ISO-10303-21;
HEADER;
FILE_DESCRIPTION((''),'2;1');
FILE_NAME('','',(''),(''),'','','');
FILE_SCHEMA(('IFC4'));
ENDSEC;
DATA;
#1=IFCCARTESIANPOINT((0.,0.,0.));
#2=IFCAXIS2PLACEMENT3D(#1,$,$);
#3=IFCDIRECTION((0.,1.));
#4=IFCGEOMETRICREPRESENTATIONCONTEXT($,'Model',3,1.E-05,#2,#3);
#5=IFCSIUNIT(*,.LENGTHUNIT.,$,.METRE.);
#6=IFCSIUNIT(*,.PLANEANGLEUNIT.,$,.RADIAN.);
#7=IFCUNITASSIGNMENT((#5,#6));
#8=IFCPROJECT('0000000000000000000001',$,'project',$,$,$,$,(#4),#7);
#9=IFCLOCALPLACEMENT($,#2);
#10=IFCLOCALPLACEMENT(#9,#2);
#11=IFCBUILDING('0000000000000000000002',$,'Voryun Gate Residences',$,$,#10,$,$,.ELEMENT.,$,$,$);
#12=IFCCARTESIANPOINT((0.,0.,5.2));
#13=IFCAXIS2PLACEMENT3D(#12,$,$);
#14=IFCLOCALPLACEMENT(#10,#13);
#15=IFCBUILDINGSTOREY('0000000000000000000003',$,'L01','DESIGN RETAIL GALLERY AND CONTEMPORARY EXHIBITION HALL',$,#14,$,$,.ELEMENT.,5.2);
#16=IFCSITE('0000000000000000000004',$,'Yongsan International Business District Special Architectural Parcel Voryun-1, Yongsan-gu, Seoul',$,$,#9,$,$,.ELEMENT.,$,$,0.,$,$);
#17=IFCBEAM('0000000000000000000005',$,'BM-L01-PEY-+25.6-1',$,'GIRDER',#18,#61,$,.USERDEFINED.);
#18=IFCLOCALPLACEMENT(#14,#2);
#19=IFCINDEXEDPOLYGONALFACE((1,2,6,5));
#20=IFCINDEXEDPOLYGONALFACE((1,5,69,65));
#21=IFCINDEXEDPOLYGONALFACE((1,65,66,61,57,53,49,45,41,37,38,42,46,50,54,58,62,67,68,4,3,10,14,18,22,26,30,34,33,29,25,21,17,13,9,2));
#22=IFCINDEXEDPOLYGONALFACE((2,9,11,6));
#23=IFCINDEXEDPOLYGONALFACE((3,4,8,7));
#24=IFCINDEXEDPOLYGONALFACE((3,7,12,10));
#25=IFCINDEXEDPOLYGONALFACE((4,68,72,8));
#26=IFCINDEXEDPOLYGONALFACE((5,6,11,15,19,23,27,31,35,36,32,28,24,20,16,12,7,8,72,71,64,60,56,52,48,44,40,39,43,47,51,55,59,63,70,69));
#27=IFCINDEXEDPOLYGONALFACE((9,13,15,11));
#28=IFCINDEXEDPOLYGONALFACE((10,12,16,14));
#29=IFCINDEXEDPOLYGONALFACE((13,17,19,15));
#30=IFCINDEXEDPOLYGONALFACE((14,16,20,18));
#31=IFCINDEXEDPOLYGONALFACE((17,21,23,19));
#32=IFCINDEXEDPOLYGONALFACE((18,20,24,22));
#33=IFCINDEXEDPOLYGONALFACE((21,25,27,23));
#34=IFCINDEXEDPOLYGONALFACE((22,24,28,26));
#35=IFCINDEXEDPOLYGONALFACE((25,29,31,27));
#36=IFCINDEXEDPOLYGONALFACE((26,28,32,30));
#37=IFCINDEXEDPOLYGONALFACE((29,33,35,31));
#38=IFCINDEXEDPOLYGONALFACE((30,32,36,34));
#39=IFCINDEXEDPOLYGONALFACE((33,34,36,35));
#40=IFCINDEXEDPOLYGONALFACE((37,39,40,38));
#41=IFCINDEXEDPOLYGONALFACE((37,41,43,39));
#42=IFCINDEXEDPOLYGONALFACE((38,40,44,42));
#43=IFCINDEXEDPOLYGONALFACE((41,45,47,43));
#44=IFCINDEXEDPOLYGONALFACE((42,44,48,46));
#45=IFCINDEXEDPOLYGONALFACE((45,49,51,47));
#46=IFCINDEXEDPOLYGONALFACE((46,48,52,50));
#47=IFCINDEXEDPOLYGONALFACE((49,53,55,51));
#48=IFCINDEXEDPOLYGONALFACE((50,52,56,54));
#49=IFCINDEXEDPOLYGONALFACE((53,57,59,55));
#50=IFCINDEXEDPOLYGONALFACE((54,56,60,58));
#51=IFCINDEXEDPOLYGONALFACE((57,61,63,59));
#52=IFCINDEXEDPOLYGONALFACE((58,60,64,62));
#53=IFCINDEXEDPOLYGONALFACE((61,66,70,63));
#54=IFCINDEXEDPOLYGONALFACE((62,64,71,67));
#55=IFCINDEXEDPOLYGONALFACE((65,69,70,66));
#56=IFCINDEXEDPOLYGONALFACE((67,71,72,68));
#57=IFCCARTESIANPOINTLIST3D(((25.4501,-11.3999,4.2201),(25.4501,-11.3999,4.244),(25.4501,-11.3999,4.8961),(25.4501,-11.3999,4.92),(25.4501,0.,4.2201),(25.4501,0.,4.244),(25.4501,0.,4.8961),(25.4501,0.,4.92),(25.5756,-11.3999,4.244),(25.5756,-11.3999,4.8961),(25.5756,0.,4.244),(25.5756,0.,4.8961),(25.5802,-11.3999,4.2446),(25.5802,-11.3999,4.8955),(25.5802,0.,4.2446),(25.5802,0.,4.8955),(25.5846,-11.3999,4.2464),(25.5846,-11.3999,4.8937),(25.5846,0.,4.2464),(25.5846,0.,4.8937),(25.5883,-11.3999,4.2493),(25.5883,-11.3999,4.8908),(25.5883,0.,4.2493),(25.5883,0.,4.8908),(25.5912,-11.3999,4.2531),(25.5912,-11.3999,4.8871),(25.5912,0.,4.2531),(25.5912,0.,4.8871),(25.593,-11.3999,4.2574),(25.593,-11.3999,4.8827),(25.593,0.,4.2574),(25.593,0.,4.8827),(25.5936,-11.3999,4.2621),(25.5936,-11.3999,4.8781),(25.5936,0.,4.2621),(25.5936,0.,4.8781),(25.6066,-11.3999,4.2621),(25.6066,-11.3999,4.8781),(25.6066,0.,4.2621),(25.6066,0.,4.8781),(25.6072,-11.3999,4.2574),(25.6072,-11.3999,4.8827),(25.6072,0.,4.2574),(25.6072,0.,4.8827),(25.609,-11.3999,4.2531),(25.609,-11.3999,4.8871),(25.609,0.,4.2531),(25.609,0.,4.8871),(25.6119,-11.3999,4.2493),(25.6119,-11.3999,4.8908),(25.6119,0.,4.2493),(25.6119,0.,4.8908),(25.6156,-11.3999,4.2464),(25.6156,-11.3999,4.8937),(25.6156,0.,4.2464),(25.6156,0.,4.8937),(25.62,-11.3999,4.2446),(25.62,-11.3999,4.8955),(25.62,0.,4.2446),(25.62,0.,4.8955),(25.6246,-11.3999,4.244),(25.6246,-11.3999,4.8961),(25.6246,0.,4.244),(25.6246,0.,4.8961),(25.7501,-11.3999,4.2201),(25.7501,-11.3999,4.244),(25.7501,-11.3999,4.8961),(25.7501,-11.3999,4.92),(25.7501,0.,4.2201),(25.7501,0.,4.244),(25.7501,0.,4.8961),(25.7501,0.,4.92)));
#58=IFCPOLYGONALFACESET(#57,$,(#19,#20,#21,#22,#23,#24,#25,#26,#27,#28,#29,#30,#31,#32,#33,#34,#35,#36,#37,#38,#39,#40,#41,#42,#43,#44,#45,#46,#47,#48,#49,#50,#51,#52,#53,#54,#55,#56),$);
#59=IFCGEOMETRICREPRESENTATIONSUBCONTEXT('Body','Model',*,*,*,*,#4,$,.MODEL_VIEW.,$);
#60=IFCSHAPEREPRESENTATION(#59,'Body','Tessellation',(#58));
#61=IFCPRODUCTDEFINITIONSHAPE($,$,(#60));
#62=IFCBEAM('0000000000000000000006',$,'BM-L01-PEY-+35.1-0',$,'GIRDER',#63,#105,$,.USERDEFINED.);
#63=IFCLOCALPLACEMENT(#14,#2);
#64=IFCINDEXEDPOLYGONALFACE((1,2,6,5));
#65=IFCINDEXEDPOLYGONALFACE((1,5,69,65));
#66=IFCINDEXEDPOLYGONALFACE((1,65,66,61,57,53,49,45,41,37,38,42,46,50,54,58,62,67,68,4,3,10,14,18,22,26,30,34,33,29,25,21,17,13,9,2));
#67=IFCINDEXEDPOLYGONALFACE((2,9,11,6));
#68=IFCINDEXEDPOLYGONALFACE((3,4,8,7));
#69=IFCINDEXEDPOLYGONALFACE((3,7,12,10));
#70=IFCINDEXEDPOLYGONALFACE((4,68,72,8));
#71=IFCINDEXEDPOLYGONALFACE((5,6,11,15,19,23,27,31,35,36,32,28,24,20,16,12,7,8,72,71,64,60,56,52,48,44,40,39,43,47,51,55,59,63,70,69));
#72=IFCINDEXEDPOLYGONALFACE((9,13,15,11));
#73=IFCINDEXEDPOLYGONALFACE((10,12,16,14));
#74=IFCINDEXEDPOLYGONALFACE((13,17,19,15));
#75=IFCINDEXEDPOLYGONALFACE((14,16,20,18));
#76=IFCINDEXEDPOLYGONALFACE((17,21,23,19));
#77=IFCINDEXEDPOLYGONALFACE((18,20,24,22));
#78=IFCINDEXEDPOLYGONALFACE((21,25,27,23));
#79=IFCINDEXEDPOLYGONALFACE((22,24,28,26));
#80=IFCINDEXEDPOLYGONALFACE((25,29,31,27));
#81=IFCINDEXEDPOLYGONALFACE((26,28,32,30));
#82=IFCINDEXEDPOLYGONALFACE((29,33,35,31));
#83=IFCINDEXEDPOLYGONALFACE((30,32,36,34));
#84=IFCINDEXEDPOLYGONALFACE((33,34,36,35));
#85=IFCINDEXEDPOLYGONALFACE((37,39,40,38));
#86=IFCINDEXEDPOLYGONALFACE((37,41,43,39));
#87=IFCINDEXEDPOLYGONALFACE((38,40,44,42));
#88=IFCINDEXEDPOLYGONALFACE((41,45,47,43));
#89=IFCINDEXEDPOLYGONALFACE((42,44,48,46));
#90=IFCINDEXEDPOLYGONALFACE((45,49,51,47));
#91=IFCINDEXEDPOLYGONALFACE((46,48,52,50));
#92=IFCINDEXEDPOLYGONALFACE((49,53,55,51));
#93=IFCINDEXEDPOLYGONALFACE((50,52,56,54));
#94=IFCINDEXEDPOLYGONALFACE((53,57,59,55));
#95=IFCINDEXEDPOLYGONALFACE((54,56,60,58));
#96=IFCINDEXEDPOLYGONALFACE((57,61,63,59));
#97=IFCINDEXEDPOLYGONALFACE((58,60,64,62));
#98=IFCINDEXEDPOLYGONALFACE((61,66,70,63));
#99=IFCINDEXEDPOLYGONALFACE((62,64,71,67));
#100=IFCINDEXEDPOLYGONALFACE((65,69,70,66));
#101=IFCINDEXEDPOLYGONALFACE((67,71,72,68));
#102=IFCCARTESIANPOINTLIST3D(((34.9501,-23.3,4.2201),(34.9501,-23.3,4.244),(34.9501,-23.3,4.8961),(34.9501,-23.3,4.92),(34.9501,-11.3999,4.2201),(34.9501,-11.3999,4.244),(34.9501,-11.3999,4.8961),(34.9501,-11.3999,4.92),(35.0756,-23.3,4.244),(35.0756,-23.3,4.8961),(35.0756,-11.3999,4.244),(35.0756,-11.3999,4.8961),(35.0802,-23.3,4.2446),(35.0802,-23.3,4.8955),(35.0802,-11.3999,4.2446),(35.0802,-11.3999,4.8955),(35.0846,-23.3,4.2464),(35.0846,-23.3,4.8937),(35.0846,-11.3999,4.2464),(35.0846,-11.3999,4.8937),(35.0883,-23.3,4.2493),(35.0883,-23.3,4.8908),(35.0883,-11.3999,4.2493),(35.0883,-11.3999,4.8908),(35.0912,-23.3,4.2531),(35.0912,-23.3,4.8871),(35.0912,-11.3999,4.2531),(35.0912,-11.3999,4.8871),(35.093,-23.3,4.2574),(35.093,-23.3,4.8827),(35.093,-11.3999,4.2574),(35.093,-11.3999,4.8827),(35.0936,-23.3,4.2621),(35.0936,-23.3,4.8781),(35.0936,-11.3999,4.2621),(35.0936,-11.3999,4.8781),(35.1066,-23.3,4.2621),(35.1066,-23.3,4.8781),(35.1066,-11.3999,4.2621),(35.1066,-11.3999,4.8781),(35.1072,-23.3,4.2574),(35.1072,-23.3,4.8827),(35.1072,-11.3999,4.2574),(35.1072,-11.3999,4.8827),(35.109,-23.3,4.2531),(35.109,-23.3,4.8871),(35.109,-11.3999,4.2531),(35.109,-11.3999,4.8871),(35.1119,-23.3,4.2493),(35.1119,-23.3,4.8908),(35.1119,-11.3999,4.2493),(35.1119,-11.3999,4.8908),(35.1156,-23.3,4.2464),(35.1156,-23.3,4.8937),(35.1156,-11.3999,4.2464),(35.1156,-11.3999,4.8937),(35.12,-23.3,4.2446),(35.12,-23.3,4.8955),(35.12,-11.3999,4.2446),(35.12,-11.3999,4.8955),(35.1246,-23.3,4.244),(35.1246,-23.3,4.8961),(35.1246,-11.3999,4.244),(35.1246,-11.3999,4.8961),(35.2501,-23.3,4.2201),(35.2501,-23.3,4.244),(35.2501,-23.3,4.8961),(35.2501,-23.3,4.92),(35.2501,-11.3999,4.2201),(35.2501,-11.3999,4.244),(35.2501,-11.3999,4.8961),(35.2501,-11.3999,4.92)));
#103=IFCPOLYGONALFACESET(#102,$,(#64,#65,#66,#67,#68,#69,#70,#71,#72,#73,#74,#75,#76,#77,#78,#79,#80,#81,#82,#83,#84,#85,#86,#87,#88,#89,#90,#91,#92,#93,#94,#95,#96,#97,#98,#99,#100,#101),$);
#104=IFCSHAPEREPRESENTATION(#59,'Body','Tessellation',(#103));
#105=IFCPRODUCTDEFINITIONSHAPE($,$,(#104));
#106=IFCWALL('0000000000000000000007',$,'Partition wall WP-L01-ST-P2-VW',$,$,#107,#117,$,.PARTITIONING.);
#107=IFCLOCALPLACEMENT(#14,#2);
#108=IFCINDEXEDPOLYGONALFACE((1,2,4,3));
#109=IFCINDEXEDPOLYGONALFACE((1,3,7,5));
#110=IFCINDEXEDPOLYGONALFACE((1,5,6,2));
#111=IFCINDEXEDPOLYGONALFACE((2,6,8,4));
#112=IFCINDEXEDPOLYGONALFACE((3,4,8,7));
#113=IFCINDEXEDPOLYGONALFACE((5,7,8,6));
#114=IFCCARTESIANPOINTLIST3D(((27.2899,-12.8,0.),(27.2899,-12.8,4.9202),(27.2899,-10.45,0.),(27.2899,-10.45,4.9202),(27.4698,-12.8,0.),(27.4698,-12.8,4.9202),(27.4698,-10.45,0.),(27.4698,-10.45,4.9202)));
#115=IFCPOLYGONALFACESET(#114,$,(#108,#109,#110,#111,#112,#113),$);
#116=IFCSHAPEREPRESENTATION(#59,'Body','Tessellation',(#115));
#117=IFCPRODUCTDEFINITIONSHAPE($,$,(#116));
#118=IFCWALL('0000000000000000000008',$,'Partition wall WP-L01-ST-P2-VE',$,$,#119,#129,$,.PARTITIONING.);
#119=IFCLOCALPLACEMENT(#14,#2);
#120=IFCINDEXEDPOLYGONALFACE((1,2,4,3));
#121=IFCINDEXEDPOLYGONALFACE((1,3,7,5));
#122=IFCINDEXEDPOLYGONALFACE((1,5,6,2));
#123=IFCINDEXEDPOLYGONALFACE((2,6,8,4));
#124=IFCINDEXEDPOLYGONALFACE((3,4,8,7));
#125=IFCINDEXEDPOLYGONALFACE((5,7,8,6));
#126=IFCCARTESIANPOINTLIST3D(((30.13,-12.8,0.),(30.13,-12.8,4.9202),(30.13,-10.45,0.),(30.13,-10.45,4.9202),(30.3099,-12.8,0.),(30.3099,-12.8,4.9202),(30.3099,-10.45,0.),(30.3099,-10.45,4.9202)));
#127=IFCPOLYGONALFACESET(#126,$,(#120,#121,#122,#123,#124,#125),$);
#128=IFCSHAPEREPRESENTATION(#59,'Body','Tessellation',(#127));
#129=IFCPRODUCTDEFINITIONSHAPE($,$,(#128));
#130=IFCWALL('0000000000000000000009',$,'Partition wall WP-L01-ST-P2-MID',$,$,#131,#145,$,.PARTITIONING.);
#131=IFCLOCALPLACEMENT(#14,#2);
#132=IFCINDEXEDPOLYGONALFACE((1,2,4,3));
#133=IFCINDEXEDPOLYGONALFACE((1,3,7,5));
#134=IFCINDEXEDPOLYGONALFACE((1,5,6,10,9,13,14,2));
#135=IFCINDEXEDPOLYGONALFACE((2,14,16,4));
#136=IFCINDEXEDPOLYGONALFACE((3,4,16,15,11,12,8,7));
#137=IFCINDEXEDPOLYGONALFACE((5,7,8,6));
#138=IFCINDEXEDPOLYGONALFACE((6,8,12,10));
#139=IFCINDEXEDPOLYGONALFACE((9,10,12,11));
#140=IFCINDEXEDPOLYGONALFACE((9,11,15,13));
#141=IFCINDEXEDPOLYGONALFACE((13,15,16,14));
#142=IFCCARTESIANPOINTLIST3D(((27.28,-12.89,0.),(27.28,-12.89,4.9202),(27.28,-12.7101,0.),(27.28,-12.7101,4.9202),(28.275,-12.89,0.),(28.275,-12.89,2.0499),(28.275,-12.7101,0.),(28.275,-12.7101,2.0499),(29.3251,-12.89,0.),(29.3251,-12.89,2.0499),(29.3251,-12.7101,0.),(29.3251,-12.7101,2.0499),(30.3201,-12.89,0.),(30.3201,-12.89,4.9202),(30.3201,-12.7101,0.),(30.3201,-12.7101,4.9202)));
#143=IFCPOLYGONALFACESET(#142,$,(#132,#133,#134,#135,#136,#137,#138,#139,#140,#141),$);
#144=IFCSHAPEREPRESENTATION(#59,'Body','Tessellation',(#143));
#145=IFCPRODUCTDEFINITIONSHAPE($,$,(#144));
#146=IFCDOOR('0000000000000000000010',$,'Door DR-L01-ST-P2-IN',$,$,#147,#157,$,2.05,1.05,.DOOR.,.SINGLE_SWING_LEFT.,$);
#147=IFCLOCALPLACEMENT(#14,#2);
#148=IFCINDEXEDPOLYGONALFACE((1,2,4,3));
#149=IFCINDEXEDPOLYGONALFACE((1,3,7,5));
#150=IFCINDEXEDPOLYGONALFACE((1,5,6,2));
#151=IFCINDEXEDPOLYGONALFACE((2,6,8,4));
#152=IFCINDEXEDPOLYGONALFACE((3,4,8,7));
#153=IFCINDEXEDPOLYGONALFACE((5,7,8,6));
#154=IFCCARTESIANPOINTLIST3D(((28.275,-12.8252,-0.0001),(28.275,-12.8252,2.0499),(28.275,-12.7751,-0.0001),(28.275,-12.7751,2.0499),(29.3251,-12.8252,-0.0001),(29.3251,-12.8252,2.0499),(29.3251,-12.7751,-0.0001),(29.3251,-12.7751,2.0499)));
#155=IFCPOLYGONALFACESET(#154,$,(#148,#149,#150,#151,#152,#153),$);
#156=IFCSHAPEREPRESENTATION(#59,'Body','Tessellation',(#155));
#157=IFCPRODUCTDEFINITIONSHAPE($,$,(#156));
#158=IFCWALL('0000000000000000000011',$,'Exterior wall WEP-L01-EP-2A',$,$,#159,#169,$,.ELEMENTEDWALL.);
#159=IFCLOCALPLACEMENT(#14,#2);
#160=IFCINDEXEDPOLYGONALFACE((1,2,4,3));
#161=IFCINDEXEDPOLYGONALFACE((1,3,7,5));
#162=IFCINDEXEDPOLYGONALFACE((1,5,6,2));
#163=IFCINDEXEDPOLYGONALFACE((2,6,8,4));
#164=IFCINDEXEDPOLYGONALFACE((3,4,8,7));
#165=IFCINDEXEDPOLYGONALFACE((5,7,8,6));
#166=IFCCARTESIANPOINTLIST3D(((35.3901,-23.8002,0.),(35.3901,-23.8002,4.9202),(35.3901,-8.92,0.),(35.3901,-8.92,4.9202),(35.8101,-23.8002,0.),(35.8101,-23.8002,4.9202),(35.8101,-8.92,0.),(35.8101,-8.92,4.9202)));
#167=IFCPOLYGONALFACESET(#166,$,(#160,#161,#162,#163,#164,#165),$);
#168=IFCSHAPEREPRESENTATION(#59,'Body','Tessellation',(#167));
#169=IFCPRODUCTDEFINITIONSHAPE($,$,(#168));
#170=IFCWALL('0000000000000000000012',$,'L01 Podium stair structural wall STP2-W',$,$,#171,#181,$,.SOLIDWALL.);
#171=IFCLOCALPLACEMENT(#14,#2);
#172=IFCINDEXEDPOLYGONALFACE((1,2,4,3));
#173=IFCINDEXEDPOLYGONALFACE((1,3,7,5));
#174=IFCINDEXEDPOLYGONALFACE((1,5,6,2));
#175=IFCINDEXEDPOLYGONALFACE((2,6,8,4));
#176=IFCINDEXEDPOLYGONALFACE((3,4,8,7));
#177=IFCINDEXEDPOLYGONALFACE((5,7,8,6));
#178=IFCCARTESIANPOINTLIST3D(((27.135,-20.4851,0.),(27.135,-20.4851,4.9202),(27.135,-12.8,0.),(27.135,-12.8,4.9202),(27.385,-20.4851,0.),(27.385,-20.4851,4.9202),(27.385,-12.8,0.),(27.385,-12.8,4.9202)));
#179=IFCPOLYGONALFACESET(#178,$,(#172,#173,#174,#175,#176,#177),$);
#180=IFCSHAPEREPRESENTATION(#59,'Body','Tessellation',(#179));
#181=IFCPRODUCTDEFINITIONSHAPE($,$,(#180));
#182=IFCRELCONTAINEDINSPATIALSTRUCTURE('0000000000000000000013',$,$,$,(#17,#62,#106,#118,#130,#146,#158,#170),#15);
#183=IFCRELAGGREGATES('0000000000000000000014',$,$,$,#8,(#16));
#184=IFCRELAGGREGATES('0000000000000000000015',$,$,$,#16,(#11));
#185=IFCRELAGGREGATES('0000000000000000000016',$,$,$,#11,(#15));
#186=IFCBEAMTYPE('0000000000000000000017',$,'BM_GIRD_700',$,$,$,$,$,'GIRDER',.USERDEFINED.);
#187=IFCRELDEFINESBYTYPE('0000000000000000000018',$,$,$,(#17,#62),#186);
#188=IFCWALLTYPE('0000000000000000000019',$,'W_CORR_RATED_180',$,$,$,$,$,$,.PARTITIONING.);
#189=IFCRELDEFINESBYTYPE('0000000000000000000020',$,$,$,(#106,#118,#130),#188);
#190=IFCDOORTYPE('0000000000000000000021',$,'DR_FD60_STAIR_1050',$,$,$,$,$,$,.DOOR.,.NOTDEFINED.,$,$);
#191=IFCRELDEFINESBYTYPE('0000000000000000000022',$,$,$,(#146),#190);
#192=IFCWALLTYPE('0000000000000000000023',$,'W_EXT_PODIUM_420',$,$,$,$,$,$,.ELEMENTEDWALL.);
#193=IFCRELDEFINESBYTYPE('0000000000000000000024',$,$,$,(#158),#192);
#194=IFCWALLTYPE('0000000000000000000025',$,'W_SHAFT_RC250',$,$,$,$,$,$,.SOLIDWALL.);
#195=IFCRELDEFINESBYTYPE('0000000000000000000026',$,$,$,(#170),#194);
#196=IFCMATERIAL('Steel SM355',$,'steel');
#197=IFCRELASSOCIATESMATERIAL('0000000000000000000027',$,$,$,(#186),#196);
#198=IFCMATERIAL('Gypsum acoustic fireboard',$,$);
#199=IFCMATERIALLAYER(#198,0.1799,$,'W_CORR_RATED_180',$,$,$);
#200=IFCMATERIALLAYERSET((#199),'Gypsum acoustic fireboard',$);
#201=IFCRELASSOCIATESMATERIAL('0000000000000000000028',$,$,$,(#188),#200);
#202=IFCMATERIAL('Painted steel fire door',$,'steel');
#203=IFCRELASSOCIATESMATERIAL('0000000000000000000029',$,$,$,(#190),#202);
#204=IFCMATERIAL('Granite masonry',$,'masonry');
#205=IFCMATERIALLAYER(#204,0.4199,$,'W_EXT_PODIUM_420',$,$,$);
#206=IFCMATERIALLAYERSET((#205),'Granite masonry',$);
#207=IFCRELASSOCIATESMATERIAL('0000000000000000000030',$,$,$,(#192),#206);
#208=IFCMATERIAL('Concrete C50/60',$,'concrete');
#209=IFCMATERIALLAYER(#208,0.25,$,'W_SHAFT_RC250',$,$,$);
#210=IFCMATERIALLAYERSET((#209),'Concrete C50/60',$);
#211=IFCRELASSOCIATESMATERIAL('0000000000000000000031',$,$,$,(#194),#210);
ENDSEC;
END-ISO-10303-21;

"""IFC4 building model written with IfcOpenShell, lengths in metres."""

from ifc_helpers import new_model, si_unit, direction, frame, frame_2d, origin, origin_2d, place, context, subcontext, project, spatial, rectangle, i_section, extrude, material, layer, layer_set, material_profile, profile_set, type_object, element, fill, save


model = new_model("IFC4")

# Units and contexts
model_context = context("Model", 3, precision=1e-05, world=origin(), true_north=direction((0.0, 1.0)))
body_context = subcontext(model_context, "Body", "Model", "MODEL_VIEW")
ifc_project = project(units=[si_unit("LENGTHUNIT", "METRE"), si_unit("PLANEANGLEUNIT", "RADIAN")], contexts=[model_context])

# Site, building, storey
site_placement = place(None, origin())
site = spatial("IfcSite", under=ifc_project, at=site_placement, Name="Yongsan International Business District Special Architectural Parcel Voryun-1, Yongsan-gu, Seoul", CompositionType="ELEMENT", RefElevation=0.0)
building_placement = place(site_placement, origin())
building = spatial("IfcBuilding", under=site, at=building_placement, Name="Voryun Gate Residences", CompositionType="ELEMENT")
storey_placement = place(building_placement, frame((0.0, 0.0, 5.2)))
storey = spatial("IfcBuildingStorey", under=building, at=storey_placement, Name="L01", Description="DESIGN RETAIL GALLERY AND CONTEMPORARY EXHIBITION HALL", CompositionType="ELEMENT", Elevation=5.2)

# Beams
ifc_material_1 = material(Name="Steel SM355", Category="steel")
ifc_material_profile_1 = material_profile(ifc_material_1, i_section(OverallWidth=0.3, OverallDepth=0.7, WebThickness=0.0129, FlangeThickness=0.0239, FilletRadius=0.0181, at=origin_2d()), Name="H-700x300x13x24")
ifc_profile_set_1 = profile_set([ifc_material_profile_1], Name="Steel SM355")
beam_type = type_object("IfcBeamType", Name="BM_GIRD_700", ElementType="GIRDER", PredefinedType="USERDEFINED", material=ifc_profile_set_1)
beam_1_placement = place(storey_placement, frame((25.6001, -11.3999, 4.5701), z_axis=(0.0, 1.0, 0.0), x_axis=(-1.0, 0.0, 0.0)))
element("IfcBeam", 1, at=beam_1_placement, inside=storey, type_object=beam_type, Name="BM-L01-PEY-+25.6-1", ObjectType="GIRDER", PredefinedType="USERDEFINED", context=body_context, shape_type="SweptSolid", body=[
    extrude(i_section(OverallWidth=0.3, OverallDepth=0.7, WebThickness=0.0129, FlangeThickness=0.0239, FilletRadius=0.0181, at=origin_2d()), origin(), (0.0, 0.0, 1.0), 11.3999),
])
beam_2_placement = place(storey_placement, frame((35.1001, -23.3, 4.5701), z_axis=(0.0, 1.0, 0.0), x_axis=(-1.0, 0.0, 0.0)))
element("IfcBeam", 2, at=beam_2_placement, inside=storey, type_object=beam_type, Name="BM-L01-PEY-+35.1-0", ObjectType="GIRDER", PredefinedType="USERDEFINED", context=body_context, shape_type="SweptSolid", body=[
    extrude(i_section(OverallWidth=0.3, OverallDepth=0.7, WebThickness=0.0129, FlangeThickness=0.0239, FilletRadius=0.0181, at=origin_2d()), origin(), (0.0, 0.0, 1.0), 11.9001),
])

# Walls
ifc_material_2 = material(Name="Gypsum acoustic fireboard")
ifc_layer_1 = layer(ifc_material_2, 0.1799, Name="W_CORR_RATED_180")
ifc_layer_set_1 = layer_set([ifc_layer_1], Name="Gypsum acoustic fireboard")
wall_type_1 = type_object("IfcWallType", Name="W_CORR_RATED_180", PredefinedType="PARTITIONING", material=ifc_layer_set_1)
for number, where, z_axis, x_axis, name in (
    (3, (27.3799, -12.8, 0.0), (0.0, 0.0, 1.0), (0.0, 1.0, 0.0), "Partition wall WP-L01-ST-P2-VW"),
    (4, (30.22, -12.8, 0.0), (0.0, 0.0, 1.0), (0.0, 1.0, 0.0), "Partition wall WP-L01-ST-P2-VE"),
):
    element("IfcWall", number, at=place(storey_placement, frame(where, z_axis=z_axis, x_axis=x_axis)), inside=storey, type_object=wall_type_1, Name=name, PredefinedType="PARTITIONING", context=body_context, shape_type="SweptSolid", body=[
        extrude(rectangle(XDim=2.3501, YDim=0.1799, at=frame_2d((1.175, 0.0))), origin(), (0.0, 0.0, 1.0), 4.9202),
    ])

# Wall, opening, door
wall_1_placement = place(storey_placement, frame((27.28, -12.8, 0.0), z_axis=(0.0, 0.0, 1.0), x_axis=(1.0, 0.0, 0.0)))
wall_1 = element("IfcWall", 5, at=wall_1_placement, inside=storey, type_object=wall_type_1, Name="Partition wall WP-L01-ST-P2-MID", PredefinedType="PARTITIONING", context=body_context, shape_type="SweptSolid", body=[
    extrude(rectangle(XDim=3.04, YDim=0.1799, at=frame_2d((1.52, 0.0))), origin(), (0.0, 0.0, 1.0), 4.9202),
])
opening_placement = place(wall_1_placement, frame((0.9951, 0.0, 0.0)))
opening = element("IfcOpeningElement", 6, at=opening_placement, cuts=wall_1, PredefinedType="OPENING", context=body_context, shape_type="SweptSolid", body=[
    extrude(rectangle(XDim=1.05, YDim=2.05, at=frame_2d((0.5249, 1.0249))), frame((0.0, 0.0999, 0.0), z_axis=(0.0, -1.0, 0.0), x_axis=(1.0, 0.0, 0.0)), (0.0, 0.0, 1.0), 0.2),
])
ifc_material_3 = material(Name="Painted steel fire door", Category="steel")
door_type = type_object("IfcDoorType", Name="DR_FD60_STAIR_1050", OperationType="NOTDEFINED", PredefinedType="DOOR", material=ifc_material_3)
door_placement = place(opening_placement, origin())
door = element("IfcDoor", 7, at=door_placement, inside=storey, type_object=door_type, Name="Door DR-L01-ST-P2-IN", OperationType="SINGLE_SWING_LEFT", OverallHeight=2.05, OverallWidth=1.05, PredefinedType="DOOR", context=body_context, shape_type="SweptSolid", body=[
    extrude(rectangle(XDim=1.05, YDim=2.05, at=frame_2d((0.5249, 1.0249))), frame((0.0, 0.0249, 0.0), z_axis=(0.0, -1.0, 0.0), x_axis=(1.0, 0.0, 0.0)), (0.0, 0.0, 1.0), 0.05),
])
fill(opening, door)

# Walls
ifc_material_4 = material(Name="Granite masonry", Category="masonry")
ifc_layer_2 = layer(ifc_material_4, 0.4199, Name="W_EXT_PODIUM_420")
ifc_layer_set_2 = layer_set([ifc_layer_2], Name="Granite masonry")
wall_type_2 = type_object("IfcWallType", Name="W_EXT_PODIUM_420", PredefinedType="ELEMENTEDWALL", material=ifc_layer_set_2)
wall_2_placement = place(storey_placement, frame((35.6001, -23.8, 0.0), z_axis=(0.0, 0.0, 1.0), x_axis=(0.0, 1.0, 0.0)))
element("IfcWall", 8, at=wall_2_placement, inside=storey, type_object=wall_type_2, Name="Exterior wall WEP-L01-EP-2A", PredefinedType="ELEMENTEDWALL", context=body_context, shape_type="SweptSolid", body=[
    extrude(rectangle(XDim=14.8801, YDim=0.4199, at=frame_2d((7.4399, 0.0))), origin(), (0.0, 0.0, 1.0), 4.9202),
])
ifc_material_5 = material(Name="Concrete C50/60", Category="concrete")
ifc_layer_3 = layer(ifc_material_5, 0.25, Name="W_SHAFT_RC250")
ifc_layer_set_3 = layer_set([ifc_layer_3], Name="Concrete C50/60")
wall_type_3 = type_object("IfcWallType", Name="W_SHAFT_RC250", PredefinedType="SOLIDWALL", material=ifc_layer_set_3)
for number, where, z_axis, x_axis, name in (
    (9, (27.26, -20.4851, 0.0), (0.0, 0.0, 1.0), (0.0, 1.0, 0.0), "L01 Podium stair structural wall STP2-W"),
):
    element("IfcWall", number, at=place(storey_placement, frame(where, z_axis=z_axis, x_axis=x_axis)), inside=storey, type_object=wall_type_3, Name=name, PredefinedType="SOLIDWALL", context=body_context, shape_type="SweptSolid", body=[
        extrude(rectangle(XDim=7.6851, YDim=0.25, at=frame_2d((3.8425, 0.0))), origin(), (0.0, 0.0, 1.0), 4.9202),
    ])

save(model, "model.ifc")
